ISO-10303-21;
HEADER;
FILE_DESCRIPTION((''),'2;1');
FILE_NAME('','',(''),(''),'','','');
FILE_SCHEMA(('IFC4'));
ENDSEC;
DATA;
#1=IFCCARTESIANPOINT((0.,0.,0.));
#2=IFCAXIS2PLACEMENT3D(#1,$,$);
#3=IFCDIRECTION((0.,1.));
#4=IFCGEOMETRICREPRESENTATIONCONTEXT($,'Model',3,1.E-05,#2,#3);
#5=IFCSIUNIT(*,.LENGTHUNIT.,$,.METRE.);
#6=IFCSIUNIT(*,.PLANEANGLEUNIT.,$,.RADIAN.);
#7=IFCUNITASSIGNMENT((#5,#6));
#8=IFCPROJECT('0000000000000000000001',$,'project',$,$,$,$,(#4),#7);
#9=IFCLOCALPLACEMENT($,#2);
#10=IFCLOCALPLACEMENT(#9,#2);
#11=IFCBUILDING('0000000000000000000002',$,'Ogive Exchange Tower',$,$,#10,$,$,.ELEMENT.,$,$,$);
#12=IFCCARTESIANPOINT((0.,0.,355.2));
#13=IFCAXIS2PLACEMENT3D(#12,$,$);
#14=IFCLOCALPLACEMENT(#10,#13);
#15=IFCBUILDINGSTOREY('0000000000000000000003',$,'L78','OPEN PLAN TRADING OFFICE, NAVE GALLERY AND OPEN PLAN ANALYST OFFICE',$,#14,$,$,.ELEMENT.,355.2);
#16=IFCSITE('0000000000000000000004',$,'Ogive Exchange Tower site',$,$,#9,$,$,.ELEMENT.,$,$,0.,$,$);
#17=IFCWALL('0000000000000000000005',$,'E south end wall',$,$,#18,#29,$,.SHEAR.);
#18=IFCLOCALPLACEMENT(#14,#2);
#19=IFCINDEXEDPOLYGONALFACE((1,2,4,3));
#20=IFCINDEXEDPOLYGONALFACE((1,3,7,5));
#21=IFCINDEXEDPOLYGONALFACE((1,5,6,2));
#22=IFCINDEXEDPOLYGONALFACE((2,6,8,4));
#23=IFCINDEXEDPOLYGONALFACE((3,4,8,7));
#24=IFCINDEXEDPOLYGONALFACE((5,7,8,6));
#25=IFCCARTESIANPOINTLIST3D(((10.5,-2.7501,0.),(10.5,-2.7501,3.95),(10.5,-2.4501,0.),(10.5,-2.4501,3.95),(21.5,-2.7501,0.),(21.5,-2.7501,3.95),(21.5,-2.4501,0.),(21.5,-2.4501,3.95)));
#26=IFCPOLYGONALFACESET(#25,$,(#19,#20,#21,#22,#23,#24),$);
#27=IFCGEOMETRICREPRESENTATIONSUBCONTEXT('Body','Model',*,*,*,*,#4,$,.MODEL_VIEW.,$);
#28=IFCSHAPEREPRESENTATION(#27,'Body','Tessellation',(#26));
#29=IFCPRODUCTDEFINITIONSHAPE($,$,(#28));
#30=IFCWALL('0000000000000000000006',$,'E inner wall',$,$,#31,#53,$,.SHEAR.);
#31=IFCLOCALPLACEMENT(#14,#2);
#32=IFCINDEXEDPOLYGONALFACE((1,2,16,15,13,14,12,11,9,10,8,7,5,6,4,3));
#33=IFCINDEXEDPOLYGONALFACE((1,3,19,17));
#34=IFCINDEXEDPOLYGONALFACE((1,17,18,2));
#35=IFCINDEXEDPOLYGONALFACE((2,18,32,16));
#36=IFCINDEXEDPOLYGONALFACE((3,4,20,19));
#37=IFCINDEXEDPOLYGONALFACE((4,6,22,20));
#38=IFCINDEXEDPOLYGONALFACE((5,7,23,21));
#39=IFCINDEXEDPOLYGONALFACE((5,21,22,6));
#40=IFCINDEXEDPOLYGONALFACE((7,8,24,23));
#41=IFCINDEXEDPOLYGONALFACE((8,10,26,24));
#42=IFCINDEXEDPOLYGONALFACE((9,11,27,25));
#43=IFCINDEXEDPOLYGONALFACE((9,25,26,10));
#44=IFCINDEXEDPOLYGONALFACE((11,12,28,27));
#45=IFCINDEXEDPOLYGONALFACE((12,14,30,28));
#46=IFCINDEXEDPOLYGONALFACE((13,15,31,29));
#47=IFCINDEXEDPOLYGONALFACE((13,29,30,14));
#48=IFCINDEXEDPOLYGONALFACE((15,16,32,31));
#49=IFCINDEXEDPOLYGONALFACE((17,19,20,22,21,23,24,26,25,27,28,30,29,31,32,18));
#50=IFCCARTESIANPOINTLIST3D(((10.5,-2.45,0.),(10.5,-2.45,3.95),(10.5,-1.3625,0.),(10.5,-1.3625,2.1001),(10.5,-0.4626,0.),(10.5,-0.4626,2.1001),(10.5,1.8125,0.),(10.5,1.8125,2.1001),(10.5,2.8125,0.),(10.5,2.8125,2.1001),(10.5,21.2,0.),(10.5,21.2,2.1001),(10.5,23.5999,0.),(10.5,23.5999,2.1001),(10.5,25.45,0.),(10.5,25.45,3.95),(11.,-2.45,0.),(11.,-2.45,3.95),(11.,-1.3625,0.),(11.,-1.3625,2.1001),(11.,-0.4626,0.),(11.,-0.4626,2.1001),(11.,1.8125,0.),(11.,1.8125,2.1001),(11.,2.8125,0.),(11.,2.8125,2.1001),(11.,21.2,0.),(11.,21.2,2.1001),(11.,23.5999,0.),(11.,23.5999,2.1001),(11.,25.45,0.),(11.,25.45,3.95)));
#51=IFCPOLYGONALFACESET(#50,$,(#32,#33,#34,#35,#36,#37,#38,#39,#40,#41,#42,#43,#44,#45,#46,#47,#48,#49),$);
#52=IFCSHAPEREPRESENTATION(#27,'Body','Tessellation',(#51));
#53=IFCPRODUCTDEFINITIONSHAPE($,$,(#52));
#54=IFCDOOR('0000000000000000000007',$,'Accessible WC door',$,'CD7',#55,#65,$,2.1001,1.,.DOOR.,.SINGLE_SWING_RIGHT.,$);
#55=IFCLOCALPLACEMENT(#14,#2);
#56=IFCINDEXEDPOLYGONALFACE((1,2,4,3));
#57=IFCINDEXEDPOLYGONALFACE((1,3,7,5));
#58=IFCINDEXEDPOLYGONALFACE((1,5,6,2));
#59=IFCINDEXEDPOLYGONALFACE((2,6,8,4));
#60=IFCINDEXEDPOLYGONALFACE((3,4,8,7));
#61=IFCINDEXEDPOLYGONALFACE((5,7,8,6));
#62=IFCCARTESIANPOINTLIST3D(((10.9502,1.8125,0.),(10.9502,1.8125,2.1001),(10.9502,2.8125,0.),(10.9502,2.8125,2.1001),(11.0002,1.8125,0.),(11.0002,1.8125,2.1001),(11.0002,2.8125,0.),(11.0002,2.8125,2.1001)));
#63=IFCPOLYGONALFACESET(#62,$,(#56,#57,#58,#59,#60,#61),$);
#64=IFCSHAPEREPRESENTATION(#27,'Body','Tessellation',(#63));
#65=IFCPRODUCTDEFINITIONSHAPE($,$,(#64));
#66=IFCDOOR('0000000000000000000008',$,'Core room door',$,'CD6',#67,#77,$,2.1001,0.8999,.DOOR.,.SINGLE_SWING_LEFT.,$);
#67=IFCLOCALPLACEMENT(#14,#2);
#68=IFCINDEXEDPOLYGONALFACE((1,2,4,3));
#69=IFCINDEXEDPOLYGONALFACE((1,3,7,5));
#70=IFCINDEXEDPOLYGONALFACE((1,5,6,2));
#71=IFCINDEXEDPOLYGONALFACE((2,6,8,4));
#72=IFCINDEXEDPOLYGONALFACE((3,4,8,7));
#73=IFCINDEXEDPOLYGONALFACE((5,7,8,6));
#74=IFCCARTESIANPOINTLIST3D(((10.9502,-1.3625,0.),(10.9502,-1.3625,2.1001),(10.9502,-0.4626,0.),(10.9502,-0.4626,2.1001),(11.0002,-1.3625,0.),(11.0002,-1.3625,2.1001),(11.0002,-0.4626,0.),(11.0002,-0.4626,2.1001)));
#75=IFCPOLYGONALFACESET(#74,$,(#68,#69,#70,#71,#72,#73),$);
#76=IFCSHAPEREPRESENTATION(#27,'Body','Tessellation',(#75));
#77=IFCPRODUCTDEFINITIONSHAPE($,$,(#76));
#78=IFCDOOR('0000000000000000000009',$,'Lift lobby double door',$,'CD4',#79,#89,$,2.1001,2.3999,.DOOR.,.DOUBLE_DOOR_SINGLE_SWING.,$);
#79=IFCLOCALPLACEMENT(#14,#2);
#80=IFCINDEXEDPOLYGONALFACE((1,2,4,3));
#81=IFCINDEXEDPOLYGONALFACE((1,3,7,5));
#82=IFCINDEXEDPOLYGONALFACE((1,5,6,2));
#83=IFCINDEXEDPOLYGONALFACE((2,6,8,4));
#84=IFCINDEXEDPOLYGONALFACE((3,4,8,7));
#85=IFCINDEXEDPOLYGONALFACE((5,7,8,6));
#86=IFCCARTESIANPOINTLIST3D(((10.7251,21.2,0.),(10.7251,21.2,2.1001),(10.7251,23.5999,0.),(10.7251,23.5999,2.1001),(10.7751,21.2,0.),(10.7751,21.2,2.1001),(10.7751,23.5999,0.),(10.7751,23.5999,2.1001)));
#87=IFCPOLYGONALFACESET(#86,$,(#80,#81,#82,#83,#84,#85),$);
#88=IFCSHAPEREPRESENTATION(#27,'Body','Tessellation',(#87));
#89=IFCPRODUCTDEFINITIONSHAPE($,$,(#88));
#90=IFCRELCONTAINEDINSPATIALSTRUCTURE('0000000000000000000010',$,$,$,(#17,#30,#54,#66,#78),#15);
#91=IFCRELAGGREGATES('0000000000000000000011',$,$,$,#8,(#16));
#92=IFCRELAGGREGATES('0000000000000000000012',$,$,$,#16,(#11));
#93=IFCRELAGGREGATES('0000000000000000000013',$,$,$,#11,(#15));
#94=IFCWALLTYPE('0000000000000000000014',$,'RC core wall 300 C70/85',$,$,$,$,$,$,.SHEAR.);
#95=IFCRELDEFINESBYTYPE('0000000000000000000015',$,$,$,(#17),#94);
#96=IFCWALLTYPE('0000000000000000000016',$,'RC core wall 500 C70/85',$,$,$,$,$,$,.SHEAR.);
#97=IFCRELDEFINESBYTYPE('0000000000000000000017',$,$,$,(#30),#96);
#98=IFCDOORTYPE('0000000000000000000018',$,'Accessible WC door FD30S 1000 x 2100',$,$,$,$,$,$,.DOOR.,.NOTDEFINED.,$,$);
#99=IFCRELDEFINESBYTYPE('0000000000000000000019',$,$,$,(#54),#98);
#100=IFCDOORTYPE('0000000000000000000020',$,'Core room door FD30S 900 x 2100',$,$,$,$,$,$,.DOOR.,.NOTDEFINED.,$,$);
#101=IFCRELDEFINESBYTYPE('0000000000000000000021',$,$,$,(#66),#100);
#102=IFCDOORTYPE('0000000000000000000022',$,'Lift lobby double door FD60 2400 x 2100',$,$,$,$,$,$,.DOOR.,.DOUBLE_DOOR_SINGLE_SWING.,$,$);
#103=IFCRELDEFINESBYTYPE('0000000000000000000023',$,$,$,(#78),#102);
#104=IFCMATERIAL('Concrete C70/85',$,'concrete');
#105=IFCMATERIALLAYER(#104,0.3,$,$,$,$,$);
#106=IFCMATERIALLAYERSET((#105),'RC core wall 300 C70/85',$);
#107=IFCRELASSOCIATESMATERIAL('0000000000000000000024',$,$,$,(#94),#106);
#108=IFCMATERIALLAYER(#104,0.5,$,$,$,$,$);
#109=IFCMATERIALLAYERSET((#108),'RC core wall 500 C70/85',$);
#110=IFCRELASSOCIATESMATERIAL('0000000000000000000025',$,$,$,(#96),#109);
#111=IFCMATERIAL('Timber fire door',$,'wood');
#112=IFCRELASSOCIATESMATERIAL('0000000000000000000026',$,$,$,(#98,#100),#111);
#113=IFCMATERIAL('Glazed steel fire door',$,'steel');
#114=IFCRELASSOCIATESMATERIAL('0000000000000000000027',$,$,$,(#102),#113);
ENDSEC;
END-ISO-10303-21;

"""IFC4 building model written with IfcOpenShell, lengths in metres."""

from ifc_helpers import new_model, si_unit, direction, frame, frame_2d, origin, place, context, subcontext, project, spatial, rectangle, extrude, material, layer, layer_set, type_object, element, fill, save


model = new_model("IFC4")

# Units and contexts
model_context = context("Model", 3, precision=1e-05, world=origin(), true_north=direction((0.0, 1.0)))
body_context = subcontext(model_context, "Body", "Model", "MODEL_VIEW")
ifc_project = project(units=[si_unit("LENGTHUNIT", "METRE"), si_unit("PLANEANGLEUNIT", "RADIAN")], contexts=[model_context])

# Site, building, storey
site_placement = place(None, origin())
site = spatial("IfcSite", under=ifc_project, at=site_placement, Name="Ogive Exchange Tower site", CompositionType="ELEMENT", RefElevation=0.0)
building_placement = place(site_placement, origin())
building = spatial("IfcBuilding", under=site, at=building_placement, Name="Ogive Exchange Tower", CompositionType="ELEMENT")
storey_placement = place(building_placement, frame((0.0, 0.0, 355.2)))
storey = spatial("IfcBuildingStorey", under=building, at=storey_placement, Name="L78", Description="OPEN PLAN TRADING OFFICE, NAVE GALLERY AND OPEN PLAN ANALYST OFFICE", CompositionType="ELEMENT", Elevation=355.2)

# Shared definitions
ifc_material_1 = material(Name="Concrete C70/85", Category="concrete")

# Wall
ifc_layer_1 = layer(ifc_material_1, 0.3)
ifc_layer_set_1 = layer_set([ifc_layer_1], Name="RC core wall 300 C70/85")
wall_type_1 = type_object("IfcWallType", Name="RC core wall 300 C70/85", PredefinedType="SHEAR", material=ifc_layer_set_1)
wall_1_placement = place(storey_placement, frame((10.5, -2.6001, 0.0), z_axis=(0.0, 0.0, 1.0), x_axis=(1.0, 0.0, 0.0)))
element("IfcWall", 1, at=wall_1_placement, inside=storey, type_object=wall_type_1, Name="E south end wall", PredefinedType="SHEAR", context=body_context, shape_type="SweptSolid", body=[
    extrude(rectangle(XDim=11.0, YDim=0.3, at=frame_2d((5.5, 0.0))), origin(), (0.0, 0.0, 1.0), 3.95),
])

# Wall, openings, doors
ifc_layer_2 = layer(ifc_material_1, 0.5)
ifc_layer_set_2 = layer_set([ifc_layer_2], Name="RC core wall 500 C70/85")
wall_type_2 = type_object("IfcWallType", Name="RC core wall 500 C70/85", PredefinedType="SHEAR", material=ifc_layer_set_2)
wall_2_placement = place(storey_placement, frame((10.75, -2.45, 0.0), z_axis=(0.0, 0.0, 1.0), x_axis=(0.0, 1.0, 0.0)))
wall_2 = element("IfcWall", 2, at=wall_2_placement, inside=storey, type_object=wall_type_2, Name="E inner wall", PredefinedType="SHEAR", context=body_context, shape_type="SweptSolid", body=[
    extrude(rectangle(XDim=27.8999, YDim=0.5, at=frame_2d((13.95, 0.0))), origin(), (0.0, 0.0, 1.0), 3.95),
])
opening_1_placement = place(wall_2_placement, frame((23.6499, 0.0, 0.0)))
opening_1 = element("IfcOpeningElement", 3, at=opening_1_placement, cuts=wall_2, PredefinedType="OPENING", context=body_context, shape_type="SweptSolid", body=[
    extrude(rectangle(XDim=2.3999, YDim=2.1001, at=frame_2d((1.2, 1.05))), frame((0.0, 0.26, 0.0), z_axis=(0.0, -1.0, 0.0), x_axis=(1.0, 0.0, 0.0)), (0.0, 0.0, 1.0), 0.52),
])
opening_2_placement = place(wall_2_placement, frame((1.0874, 0.0, 0.0)))
opening_2 = element("IfcOpeningElement", 4, at=opening_2_placement, cuts=wall_2, PredefinedType="OPENING", context=body_context, shape_type="SweptSolid", body=[
    extrude(rectangle(XDim=0.8999, YDim=2.1001, at=frame_2d((0.45, 1.05))), frame((0.0, 0.26, 0.0), z_axis=(0.0, -1.0, 0.0), x_axis=(1.0, 0.0, 0.0)), (0.0, 0.0, 1.0), 0.52),
])
opening_3_placement = place(wall_2_placement, frame((4.2625, 0.0, 0.0)))
opening_3 = element("IfcOpeningElement", 5, at=opening_3_placement, cuts=wall_2, PredefinedType="OPENING", context=body_context, shape_type="SweptSolid", body=[
    extrude(rectangle(XDim=1.0, YDim=2.1001, at=frame_2d((0.5, 1.05))), frame((0.0, 0.26, 0.0), z_axis=(0.0, -1.0, 0.0), x_axis=(1.0, 0.0, 0.0)), (0.0, 0.0, 1.0), 0.52),
])
ifc_material_2 = material(Name="Timber fire door", Category="wood")
door_type_1 = type_object("IfcDoorType", Name="Accessible WC door FD30S 1000 x 2100", OperationType="NOTDEFINED", PredefinedType="DOOR", material=ifc_material_2)
door_1_placement = place(opening_3_placement, origin())
door_1 = element("IfcDoor", 6, at=door_1_placement, inside=storey, type_object=door_type_1, Name="Accessible WC door", ObjectType="CD7", OperationType="SINGLE_SWING_RIGHT", OverallHeight=2.1001, OverallWidth=1.0, PredefinedType="DOOR", context=body_context, shape_type="SweptSolid", body=[
    extrude(rectangle(XDim=1.0, YDim=2.1001, at=frame_2d((0.5, 1.05))), frame((0.0, -0.2002, 0.0), z_axis=(0.0, -1.0, 0.0), x_axis=(1.0, 0.0, 0.0)), (0.0, 0.0, 1.0), 0.05),
])
fill(opening_3, door_1)
door_type_2 = type_object("IfcDoorType", Name="Core room door FD30S 900 x 2100", OperationType="NOTDEFINED", PredefinedType="DOOR", material=ifc_material_2)
door_2_placement = place(opening_2_placement, origin())
door_2 = element("IfcDoor", 7, at=door_2_placement, inside=storey, type_object=door_type_2, Name="Core room door", ObjectType="CD6", OperationType="SINGLE_SWING_LEFT", OverallHeight=2.1001, OverallWidth=0.8999, PredefinedType="DOOR", context=body_context, shape_type="SweptSolid", body=[
    extrude(rectangle(XDim=0.8999, YDim=2.1001, at=frame_2d((0.45, 1.05))), frame((0.0, -0.2002, 0.0), z_axis=(0.0, -1.0, 0.0), x_axis=(1.0, 0.0, 0.0)), (0.0, 0.0, 1.0), 0.05),
])
fill(opening_2, door_2)
ifc_material_3 = material(Name="Glazed steel fire door", Category="steel")
door_type_3 = type_object("IfcDoorType", Name="Lift lobby double door FD60 2400 x 2100", OperationType="DOUBLE_DOOR_SINGLE_SWING", PredefinedType="DOOR", material=ifc_material_3)
door_3_placement = place(opening_1_placement, origin())
door_3 = element("IfcDoor", 8, at=door_3_placement, inside=storey, type_object=door_type_3, Name="Lift lobby double door", ObjectType="CD4", OperationType="DOUBLE_DOOR_SINGLE_SWING", OverallHeight=2.1001, OverallWidth=2.3999, PredefinedType="DOOR", context=body_context, shape_type="SweptSolid", body=[
    extrude(rectangle(XDim=2.3999, YDim=2.1001, at=frame_2d((1.2, 1.05))), frame((0.0, 0.0249, 0.0), z_axis=(0.0, -1.0, 0.0), x_axis=(1.0, 0.0, 0.0)), (0.0, 0.0, 1.0), 0.05),
])
fill(opening_1, door_3)

save(model, "model.ifc")
